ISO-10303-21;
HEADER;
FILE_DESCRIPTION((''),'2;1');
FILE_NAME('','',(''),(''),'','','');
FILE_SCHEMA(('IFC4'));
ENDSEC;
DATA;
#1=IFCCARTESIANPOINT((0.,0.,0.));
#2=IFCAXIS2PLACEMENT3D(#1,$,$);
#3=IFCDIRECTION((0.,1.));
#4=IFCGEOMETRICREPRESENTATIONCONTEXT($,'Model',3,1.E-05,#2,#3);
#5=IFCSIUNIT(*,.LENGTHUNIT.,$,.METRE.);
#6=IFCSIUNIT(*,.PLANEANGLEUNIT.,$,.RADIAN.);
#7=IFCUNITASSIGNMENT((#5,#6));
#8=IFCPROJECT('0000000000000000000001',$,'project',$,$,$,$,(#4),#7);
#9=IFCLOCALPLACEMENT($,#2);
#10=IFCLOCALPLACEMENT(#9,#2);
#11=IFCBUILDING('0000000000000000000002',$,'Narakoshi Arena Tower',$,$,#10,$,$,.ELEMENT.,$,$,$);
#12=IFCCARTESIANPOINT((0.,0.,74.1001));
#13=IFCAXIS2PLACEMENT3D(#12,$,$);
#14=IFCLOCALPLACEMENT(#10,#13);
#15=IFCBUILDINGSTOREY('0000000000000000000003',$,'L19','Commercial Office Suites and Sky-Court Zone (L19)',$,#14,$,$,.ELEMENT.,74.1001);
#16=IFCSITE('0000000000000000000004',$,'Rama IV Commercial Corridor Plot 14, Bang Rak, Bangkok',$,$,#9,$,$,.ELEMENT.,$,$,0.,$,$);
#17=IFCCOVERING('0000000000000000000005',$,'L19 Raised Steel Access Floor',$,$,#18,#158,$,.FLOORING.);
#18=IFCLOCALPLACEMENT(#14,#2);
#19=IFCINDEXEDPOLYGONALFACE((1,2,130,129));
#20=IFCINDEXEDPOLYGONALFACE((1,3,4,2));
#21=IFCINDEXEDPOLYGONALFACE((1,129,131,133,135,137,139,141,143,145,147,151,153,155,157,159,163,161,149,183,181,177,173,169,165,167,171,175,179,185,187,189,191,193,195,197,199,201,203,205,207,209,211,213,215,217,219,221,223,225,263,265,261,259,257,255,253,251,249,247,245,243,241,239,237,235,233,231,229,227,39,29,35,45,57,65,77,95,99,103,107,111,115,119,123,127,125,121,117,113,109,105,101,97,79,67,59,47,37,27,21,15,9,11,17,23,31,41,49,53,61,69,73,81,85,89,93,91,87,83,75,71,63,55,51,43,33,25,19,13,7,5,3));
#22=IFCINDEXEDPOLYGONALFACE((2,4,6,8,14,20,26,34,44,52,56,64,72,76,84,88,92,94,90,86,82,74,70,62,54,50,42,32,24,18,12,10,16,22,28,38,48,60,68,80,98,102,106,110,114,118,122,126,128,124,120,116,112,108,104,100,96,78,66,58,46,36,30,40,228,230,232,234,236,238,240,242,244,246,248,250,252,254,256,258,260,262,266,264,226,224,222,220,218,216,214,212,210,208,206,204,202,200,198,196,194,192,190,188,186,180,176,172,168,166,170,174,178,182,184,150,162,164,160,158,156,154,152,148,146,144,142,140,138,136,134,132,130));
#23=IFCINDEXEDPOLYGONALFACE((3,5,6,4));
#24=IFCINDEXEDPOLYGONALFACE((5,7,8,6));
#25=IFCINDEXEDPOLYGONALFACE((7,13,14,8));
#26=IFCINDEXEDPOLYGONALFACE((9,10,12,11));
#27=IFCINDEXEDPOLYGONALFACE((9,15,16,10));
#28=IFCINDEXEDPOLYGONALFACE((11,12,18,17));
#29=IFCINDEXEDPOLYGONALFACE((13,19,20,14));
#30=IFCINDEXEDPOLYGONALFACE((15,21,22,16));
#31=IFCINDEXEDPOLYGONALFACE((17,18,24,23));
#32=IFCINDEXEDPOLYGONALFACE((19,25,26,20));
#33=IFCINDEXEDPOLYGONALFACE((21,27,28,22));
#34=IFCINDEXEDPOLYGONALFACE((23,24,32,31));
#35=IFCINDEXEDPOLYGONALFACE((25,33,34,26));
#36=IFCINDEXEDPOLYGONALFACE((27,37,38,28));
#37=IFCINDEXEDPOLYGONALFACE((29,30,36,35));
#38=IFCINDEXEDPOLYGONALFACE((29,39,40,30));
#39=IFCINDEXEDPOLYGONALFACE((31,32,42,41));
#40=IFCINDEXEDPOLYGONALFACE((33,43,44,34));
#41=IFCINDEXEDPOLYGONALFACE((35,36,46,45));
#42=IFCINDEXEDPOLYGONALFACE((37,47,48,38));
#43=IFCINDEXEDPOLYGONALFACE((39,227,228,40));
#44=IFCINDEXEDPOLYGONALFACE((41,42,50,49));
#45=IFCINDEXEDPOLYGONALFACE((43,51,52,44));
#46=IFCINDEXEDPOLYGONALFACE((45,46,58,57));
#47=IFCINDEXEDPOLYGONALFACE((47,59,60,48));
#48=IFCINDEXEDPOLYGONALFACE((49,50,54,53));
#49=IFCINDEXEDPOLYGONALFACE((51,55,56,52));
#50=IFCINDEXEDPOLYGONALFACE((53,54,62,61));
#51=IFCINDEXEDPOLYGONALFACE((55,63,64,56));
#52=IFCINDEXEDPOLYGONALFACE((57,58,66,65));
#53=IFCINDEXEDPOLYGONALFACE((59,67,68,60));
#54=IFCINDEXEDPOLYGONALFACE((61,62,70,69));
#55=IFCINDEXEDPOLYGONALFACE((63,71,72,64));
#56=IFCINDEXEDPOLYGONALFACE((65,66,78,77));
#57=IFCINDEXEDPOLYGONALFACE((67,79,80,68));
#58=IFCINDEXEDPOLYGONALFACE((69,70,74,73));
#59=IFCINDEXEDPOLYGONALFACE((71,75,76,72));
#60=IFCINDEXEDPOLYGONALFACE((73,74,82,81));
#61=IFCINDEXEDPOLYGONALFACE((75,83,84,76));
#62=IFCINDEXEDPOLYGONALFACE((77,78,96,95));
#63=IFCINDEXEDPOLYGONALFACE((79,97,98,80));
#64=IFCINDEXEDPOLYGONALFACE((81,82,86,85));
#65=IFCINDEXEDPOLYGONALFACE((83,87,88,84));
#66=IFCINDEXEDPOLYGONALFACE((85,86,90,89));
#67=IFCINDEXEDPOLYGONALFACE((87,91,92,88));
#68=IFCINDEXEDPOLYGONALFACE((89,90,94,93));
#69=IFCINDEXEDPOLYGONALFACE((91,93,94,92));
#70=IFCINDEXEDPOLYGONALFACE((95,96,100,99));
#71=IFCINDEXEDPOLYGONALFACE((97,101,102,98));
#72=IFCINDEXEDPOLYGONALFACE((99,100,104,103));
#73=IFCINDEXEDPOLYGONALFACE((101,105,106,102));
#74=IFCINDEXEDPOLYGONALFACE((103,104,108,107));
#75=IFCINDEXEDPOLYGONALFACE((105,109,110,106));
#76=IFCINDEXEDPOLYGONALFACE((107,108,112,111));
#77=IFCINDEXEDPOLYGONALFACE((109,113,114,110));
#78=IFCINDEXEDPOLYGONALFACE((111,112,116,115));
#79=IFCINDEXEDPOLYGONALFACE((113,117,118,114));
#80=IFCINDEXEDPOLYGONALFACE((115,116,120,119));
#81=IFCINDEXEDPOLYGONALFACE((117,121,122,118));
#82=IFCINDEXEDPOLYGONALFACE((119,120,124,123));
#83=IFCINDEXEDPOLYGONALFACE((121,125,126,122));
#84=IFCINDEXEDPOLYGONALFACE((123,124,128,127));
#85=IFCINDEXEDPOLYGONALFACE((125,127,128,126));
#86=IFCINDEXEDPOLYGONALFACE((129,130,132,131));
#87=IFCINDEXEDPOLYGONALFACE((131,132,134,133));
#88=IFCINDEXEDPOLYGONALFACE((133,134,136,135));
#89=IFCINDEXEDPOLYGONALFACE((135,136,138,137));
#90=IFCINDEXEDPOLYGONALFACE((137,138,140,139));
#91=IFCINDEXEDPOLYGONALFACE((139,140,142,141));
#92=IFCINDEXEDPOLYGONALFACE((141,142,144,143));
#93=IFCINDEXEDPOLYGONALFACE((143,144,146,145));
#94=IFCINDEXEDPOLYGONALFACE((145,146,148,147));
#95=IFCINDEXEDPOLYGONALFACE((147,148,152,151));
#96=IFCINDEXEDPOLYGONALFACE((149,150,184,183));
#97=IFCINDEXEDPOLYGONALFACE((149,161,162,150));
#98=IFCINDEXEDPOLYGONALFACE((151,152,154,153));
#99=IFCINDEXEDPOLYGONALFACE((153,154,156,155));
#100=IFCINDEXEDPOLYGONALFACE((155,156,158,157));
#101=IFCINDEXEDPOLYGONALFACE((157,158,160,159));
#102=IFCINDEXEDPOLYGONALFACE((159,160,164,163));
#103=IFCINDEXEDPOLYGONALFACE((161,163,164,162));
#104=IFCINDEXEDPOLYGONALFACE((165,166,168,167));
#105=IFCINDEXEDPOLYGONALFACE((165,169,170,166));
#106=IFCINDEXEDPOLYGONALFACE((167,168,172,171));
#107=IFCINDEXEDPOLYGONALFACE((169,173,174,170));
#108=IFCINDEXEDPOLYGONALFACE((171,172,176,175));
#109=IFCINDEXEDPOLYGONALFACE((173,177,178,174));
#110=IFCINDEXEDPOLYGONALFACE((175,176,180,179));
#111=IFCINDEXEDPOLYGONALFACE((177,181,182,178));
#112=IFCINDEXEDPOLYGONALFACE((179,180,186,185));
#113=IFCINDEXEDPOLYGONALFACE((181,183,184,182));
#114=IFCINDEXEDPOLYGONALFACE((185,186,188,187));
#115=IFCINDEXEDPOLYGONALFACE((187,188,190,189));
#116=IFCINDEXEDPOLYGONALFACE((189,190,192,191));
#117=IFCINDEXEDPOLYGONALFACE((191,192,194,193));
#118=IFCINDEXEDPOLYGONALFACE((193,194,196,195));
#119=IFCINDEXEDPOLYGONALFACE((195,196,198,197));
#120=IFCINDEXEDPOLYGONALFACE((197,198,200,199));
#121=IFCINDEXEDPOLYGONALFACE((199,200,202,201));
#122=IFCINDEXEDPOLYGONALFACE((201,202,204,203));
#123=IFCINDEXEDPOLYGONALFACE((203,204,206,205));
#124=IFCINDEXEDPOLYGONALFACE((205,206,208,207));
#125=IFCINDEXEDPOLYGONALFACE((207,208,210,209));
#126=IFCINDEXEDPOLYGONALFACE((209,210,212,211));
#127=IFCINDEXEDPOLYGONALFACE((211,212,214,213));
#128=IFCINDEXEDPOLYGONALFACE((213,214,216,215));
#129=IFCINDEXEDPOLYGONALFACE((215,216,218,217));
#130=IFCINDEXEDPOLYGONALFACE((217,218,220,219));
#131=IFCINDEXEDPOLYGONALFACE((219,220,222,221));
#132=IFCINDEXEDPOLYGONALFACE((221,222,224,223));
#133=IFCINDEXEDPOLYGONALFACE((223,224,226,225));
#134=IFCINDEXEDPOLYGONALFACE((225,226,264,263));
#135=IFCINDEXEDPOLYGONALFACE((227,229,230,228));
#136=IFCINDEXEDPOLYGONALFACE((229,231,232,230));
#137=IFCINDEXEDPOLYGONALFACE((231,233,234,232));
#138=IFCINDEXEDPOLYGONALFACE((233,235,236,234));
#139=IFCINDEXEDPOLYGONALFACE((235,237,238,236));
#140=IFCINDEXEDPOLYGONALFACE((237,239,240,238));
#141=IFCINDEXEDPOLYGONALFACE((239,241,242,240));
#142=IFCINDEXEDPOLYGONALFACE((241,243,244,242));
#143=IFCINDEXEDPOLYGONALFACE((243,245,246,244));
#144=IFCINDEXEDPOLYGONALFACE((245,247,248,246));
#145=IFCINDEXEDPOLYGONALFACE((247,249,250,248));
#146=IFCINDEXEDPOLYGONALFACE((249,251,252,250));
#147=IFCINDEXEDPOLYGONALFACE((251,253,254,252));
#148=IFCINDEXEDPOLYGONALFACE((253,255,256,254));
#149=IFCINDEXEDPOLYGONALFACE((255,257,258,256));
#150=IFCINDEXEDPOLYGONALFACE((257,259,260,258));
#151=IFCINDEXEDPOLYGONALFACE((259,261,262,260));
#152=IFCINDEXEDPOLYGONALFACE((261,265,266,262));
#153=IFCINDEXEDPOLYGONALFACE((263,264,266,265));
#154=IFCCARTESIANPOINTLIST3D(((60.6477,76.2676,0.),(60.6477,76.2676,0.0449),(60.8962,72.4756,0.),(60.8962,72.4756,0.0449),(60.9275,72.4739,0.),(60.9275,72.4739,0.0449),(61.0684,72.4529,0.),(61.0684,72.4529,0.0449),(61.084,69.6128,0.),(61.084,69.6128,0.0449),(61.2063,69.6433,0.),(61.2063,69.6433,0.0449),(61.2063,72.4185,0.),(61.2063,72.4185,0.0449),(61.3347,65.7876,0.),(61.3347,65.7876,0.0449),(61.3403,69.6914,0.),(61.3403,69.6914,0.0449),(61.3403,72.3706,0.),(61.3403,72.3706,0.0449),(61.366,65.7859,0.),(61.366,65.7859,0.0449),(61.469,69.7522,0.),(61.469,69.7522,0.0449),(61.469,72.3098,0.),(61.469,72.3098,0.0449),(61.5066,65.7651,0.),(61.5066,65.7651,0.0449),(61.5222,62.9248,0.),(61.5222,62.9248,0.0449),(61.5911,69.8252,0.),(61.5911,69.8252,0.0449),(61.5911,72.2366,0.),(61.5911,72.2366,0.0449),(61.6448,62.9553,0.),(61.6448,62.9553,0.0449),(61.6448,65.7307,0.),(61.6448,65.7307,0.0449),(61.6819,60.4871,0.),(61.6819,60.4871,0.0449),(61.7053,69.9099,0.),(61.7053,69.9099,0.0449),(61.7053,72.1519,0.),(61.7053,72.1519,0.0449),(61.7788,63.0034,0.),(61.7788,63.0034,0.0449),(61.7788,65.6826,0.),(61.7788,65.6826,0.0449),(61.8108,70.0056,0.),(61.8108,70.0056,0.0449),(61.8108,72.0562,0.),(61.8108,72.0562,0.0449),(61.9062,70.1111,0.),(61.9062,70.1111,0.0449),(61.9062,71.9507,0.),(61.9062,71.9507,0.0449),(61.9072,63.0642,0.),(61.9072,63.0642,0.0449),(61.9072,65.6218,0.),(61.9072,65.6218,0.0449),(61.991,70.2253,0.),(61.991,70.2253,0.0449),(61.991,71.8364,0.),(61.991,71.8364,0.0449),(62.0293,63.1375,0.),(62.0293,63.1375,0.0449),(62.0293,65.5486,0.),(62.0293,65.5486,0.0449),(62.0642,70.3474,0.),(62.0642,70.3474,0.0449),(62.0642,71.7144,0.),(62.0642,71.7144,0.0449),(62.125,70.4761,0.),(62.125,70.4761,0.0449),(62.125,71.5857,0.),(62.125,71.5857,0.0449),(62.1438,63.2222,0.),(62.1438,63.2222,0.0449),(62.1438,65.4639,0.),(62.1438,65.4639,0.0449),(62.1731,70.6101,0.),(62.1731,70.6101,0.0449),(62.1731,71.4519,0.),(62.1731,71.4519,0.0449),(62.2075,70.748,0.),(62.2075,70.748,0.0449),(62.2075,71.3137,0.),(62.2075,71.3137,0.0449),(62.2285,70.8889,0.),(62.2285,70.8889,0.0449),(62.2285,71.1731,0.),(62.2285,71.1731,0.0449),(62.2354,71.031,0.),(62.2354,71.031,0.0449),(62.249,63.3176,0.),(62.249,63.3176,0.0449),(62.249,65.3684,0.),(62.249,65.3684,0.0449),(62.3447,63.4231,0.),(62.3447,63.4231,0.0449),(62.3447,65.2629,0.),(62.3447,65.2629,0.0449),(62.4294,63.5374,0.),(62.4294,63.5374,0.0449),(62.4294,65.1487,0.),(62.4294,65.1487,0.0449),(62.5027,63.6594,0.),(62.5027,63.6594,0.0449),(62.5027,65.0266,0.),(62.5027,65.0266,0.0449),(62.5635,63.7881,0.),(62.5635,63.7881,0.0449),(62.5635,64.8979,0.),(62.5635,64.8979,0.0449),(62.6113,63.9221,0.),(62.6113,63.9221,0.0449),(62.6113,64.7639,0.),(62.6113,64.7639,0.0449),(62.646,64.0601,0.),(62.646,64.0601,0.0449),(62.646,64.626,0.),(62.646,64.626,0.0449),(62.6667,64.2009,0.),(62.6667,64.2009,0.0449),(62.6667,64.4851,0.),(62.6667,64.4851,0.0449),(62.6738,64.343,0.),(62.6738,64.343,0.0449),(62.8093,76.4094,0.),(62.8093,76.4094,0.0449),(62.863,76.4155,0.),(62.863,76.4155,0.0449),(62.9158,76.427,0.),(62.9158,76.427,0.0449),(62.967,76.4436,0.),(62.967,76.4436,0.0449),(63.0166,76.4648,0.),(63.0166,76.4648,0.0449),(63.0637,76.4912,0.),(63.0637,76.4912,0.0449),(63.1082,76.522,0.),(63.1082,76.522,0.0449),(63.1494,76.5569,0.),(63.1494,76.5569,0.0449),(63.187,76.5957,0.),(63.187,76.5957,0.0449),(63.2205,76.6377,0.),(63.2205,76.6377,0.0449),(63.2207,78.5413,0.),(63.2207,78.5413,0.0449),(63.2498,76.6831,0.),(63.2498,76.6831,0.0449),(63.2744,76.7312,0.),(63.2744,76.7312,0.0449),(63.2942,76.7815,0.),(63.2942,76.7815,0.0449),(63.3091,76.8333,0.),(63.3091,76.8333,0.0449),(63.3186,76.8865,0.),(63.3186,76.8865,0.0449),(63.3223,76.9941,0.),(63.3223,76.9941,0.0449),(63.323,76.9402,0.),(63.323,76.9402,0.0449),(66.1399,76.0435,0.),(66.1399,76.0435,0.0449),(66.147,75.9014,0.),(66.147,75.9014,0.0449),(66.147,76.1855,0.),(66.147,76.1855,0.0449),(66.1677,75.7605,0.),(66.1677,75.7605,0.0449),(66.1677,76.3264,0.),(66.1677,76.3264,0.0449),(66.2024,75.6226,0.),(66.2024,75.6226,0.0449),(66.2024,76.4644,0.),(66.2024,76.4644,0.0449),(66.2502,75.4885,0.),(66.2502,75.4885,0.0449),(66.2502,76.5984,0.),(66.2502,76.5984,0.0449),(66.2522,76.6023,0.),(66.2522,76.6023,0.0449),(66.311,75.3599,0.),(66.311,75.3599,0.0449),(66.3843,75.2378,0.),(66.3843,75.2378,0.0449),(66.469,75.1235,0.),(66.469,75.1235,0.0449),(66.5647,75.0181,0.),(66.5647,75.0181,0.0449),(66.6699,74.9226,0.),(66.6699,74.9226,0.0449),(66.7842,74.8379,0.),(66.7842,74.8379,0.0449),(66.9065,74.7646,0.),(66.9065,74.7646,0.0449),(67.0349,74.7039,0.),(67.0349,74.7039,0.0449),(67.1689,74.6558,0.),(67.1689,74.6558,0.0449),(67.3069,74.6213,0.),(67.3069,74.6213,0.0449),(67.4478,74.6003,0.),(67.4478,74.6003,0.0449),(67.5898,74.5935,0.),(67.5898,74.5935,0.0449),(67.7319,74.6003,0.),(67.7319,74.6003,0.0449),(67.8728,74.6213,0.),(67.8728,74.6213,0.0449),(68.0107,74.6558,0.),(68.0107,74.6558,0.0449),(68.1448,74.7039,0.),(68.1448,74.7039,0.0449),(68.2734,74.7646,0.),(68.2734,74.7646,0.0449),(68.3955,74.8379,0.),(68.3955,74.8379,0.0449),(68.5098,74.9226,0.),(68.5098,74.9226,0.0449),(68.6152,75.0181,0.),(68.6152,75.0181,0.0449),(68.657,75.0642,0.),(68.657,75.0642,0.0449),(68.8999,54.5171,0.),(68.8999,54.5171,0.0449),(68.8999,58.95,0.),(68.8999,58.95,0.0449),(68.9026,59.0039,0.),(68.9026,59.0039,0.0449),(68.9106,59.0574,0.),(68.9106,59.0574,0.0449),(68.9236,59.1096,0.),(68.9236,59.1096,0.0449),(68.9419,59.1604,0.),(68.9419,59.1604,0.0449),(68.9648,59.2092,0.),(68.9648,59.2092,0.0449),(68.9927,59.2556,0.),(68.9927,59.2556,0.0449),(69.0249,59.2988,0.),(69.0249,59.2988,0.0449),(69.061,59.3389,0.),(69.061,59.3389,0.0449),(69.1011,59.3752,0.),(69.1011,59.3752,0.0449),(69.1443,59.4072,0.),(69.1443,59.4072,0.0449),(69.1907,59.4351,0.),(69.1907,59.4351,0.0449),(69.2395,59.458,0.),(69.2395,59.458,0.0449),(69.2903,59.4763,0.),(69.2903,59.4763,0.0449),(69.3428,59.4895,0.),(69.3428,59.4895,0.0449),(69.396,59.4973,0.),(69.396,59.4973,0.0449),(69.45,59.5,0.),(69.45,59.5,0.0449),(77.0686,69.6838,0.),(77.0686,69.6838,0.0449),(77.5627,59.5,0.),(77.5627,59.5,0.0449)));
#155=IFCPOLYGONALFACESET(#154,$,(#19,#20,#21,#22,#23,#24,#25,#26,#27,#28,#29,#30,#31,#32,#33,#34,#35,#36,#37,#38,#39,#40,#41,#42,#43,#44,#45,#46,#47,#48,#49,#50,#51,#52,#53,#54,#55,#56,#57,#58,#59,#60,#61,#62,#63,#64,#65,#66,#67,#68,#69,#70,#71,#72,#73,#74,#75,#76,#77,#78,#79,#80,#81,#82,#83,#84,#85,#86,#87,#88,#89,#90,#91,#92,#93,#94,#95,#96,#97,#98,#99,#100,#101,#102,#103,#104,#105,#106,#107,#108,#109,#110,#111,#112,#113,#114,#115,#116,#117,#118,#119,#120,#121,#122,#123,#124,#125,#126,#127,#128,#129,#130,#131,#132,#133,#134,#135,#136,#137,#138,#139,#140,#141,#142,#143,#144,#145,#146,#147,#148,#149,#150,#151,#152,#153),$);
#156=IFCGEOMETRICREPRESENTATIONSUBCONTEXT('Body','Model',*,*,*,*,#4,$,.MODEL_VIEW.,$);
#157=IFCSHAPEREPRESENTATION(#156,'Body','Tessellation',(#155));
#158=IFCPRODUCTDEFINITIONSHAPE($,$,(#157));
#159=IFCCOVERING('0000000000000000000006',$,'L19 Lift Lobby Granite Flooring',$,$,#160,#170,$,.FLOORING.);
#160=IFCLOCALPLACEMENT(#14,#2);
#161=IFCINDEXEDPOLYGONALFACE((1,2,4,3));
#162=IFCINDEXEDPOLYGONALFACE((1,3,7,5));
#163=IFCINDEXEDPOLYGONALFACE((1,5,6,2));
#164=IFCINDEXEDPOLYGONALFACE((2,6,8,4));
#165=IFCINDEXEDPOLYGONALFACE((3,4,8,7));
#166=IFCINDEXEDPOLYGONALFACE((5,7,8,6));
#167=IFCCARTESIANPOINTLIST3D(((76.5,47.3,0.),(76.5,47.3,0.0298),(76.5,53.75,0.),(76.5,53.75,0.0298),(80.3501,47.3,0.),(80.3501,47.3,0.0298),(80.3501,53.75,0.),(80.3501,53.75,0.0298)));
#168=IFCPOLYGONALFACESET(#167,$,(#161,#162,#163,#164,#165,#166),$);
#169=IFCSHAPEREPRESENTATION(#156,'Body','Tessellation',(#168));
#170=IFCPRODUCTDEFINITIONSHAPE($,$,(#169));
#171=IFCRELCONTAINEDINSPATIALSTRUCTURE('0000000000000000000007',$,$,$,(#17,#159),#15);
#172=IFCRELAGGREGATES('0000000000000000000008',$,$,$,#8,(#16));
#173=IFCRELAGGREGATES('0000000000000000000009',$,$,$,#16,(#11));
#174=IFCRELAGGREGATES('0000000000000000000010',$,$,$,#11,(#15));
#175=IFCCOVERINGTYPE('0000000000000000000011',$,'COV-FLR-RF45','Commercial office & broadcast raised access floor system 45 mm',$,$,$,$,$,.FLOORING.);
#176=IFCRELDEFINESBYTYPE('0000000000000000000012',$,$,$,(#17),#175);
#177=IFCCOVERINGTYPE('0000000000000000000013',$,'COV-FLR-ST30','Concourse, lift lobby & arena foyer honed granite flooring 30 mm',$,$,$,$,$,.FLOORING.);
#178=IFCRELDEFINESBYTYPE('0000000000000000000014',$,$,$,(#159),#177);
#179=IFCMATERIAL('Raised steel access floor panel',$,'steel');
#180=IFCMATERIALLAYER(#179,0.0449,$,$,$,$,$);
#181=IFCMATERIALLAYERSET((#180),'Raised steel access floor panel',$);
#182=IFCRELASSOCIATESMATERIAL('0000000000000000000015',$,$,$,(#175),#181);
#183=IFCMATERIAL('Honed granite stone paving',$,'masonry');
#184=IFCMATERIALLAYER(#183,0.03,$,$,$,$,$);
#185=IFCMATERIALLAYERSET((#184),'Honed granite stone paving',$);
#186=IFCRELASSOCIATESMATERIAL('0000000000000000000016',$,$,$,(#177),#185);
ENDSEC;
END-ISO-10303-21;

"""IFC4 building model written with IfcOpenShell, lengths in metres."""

from ifc_helpers import new_model, si_unit, direction, frame, origin, place, context, subcontext, project, spatial, polyline, outline, extrude, material, layer, layer_set, type_object, element, save


model = new_model("IFC4")

# Units and contexts
model_context = context("Model", 3, precision=1e-05, world=origin(), true_north=direction((0.0, 1.0)))
body_context = subcontext(model_context, "Body", "Model", "MODEL_VIEW")
ifc_project = project(units=[si_unit("LENGTHUNIT", "METRE"), si_unit("PLANEANGLEUNIT", "RADIAN")], contexts=[model_context])

# Site, building, storey
site_placement = place(None, origin())
site = spatial("IfcSite", under=ifc_project, at=site_placement, Name="Rama IV Commercial Corridor Plot 14, Bang Rak, Bangkok", CompositionType="ELEMENT", RefElevation=0.0)
building_placement = place(site_placement, origin())
building = spatial("IfcBuilding", under=site, at=building_placement, Name="Narakoshi Arena Tower", CompositionType="ELEMENT")
storey_placement = place(building_placement, frame((0.0, 0.0, 74.1001)))
storey = spatial("IfcBuildingStorey", under=building, at=storey_placement, Name="L19", Description="Commercial Office Suites and Sky-Court Zone (L19)", CompositionType="ELEMENT", Elevation=74.1001)

# Coverings
ifc_material_1 = material(Name="Raised steel access floor panel", Category="steel")
ifc_layer_1 = layer(ifc_material_1, 0.0449)
ifc_layer_set_1 = layer_set([ifc_layer_1], Name="Raised steel access floor panel")
covering_type_1 = type_object("IfcCoveringType", Name="COV-FLR-RF45", Description="Commercial office & broadcast raised access floor system 45 mm", PredefinedType="FLOORING", material=ifc_layer_set_1)
covering_1_placement = place(storey_placement, origin())
element("IfcCovering", 1, at=covering_1_placement, inside=storey, type_object=covering_type_1, Name="L19 Raised Steel Access Floor", PredefinedType="FLOORING", context=body_context, shape_type="SweptSolid", body=[
    extrude(outline(polyline([(62.863, 76.4155), (62.9158, 76.427), (62.967, 76.4436), (63.0166, 76.4648), (63.0637, 76.4912), (63.1082, 76.522), (63.1494, 76.5569), (63.187, 76.5957), (63.2205, 76.6377), (63.2498, 76.6831), (63.2744, 76.7312), (63.2942, 76.7815), (63.3091, 76.8333), (63.3186, 76.8865), (63.323, 76.9402), (63.3223, 76.9941), (63.2207, 78.5413), (66.2522, 76.6023), (66.2502, 76.5984), (66.2024, 76.4644), (66.1677, 76.3264), (66.147, 76.1855), (66.1399, 76.0435), (66.147, 75.9014), (66.1677, 75.7605), (66.2024, 75.6226), (66.2502, 75.4885), (66.311, 75.3599), (66.3843, 75.2378), (66.469, 75.1235), (66.5647, 75.0181), (66.6699, 74.9226), (66.7842, 74.8379), (66.9065, 74.7646), (67.0349, 74.7039), (67.1689, 74.6558), (67.3069, 74.6213), (67.4478, 74.6003), (67.5898, 74.5935), (67.7319, 74.6003), (67.8728, 74.6213), (68.0107, 74.6558), (68.1448, 74.7039), (68.2734, 74.7646), (68.3955, 74.8379), (68.5098, 74.9226), (68.6152, 75.0181), (68.657, 75.0642), (77.0686, 69.6838), (77.5627, 59.5), (69.45, 59.5), (69.396, 59.4973), (69.3428, 59.4895), (69.2903, 59.4763), (69.2395, 59.458), (69.1907, 59.4351), (69.1443, 59.4072), (69.1011, 59.3752), (69.061, 59.3389), (69.0249, 59.2988), (68.9927, 59.2556), (68.9648, 59.2092), (68.9419, 59.1604), (68.9236, 59.1096), (68.9106, 59.0574), (68.9026, 59.0039), (68.8999, 58.95), (68.8999, 54.5171), (61.6819, 60.4871), (61.5222, 62.9248), (61.6448, 62.9553), (61.7788, 63.0034), (61.9072, 63.0642), (62.0293, 63.1375), (62.1438, 63.2222), (62.249, 63.3176), (62.3447, 63.4231), (62.4294, 63.5374), (62.5027, 63.6594), (62.5635, 63.7881), (62.6113, 63.9221), (62.646, 64.0601), (62.6667, 64.2009), (62.6738, 64.343), (62.6667, 64.4851), (62.646, 64.626), (62.6113, 64.7639), (62.5635, 64.8979), (62.5027, 65.0266), (62.4294, 65.1487), (62.3447, 65.2629), (62.249, 65.3684), (62.1438, 65.4639), (62.0293, 65.5486), (61.9072, 65.6218), (61.7788, 65.6826), (61.6448, 65.7307), (61.5066, 65.7651), (61.366, 65.7859), (61.3347, 65.7876), (61.084, 69.6128), (61.2063, 69.6433), (61.3403, 69.6914), (61.469, 69.7522), (61.5911, 69.8252), (61.7053, 69.9099), (61.8108, 70.0056), (61.9062, 70.1111), (61.991, 70.2253), (62.0642, 70.3474), (62.125, 70.4761), (62.1731, 70.6101), (62.2075, 70.748), (62.2285, 70.8889), (62.2354, 71.031), (62.2285, 71.1731), (62.2075, 71.3137), (62.1731, 71.4519), (62.125, 71.5857), (62.0642, 71.7144), (61.991, 71.8364), (61.9062, 71.9507), (61.8108, 72.0562), (61.7053, 72.1519), (61.5911, 72.2366), (61.469, 72.3098), (61.3403, 72.3706), (61.2063, 72.4185), (61.0684, 72.4529), (60.9275, 72.4739), (60.8962, 72.4756), (60.6477, 76.2676), (62.8093, 76.4094), (62.863, 76.4155)])), origin(), (0.0, 0.0, 1.0), 0.0449),
])
ifc_material_2 = material(Name="Honed granite stone paving", Category="masonry")
ifc_layer_2 = layer(ifc_material_2, 0.03)
ifc_layer_set_2 = layer_set([ifc_layer_2], Name="Honed granite stone paving")
covering_type_2 = type_object("IfcCoveringType", Name="COV-FLR-ST30", Description="Concourse, lift lobby & arena foyer honed granite flooring 30 mm", PredefinedType="FLOORING", material=ifc_layer_set_2)
covering_2_placement = place(storey_placement, origin())
element("IfcCovering", 2, at=covering_2_placement, inside=storey, type_object=covering_type_2, Name="L19 Lift Lobby Granite Flooring", PredefinedType="FLOORING", context=body_context, shape_type="SweptSolid", body=[
    extrude(outline(polyline([(76.5, 47.3), (80.3501, 47.3), (80.3501, 53.75), (76.5, 53.75), (76.5, 47.3)])), origin(), (0.0, 0.0, 1.0), 0.0298),
])

save(model, "model.ifc")
